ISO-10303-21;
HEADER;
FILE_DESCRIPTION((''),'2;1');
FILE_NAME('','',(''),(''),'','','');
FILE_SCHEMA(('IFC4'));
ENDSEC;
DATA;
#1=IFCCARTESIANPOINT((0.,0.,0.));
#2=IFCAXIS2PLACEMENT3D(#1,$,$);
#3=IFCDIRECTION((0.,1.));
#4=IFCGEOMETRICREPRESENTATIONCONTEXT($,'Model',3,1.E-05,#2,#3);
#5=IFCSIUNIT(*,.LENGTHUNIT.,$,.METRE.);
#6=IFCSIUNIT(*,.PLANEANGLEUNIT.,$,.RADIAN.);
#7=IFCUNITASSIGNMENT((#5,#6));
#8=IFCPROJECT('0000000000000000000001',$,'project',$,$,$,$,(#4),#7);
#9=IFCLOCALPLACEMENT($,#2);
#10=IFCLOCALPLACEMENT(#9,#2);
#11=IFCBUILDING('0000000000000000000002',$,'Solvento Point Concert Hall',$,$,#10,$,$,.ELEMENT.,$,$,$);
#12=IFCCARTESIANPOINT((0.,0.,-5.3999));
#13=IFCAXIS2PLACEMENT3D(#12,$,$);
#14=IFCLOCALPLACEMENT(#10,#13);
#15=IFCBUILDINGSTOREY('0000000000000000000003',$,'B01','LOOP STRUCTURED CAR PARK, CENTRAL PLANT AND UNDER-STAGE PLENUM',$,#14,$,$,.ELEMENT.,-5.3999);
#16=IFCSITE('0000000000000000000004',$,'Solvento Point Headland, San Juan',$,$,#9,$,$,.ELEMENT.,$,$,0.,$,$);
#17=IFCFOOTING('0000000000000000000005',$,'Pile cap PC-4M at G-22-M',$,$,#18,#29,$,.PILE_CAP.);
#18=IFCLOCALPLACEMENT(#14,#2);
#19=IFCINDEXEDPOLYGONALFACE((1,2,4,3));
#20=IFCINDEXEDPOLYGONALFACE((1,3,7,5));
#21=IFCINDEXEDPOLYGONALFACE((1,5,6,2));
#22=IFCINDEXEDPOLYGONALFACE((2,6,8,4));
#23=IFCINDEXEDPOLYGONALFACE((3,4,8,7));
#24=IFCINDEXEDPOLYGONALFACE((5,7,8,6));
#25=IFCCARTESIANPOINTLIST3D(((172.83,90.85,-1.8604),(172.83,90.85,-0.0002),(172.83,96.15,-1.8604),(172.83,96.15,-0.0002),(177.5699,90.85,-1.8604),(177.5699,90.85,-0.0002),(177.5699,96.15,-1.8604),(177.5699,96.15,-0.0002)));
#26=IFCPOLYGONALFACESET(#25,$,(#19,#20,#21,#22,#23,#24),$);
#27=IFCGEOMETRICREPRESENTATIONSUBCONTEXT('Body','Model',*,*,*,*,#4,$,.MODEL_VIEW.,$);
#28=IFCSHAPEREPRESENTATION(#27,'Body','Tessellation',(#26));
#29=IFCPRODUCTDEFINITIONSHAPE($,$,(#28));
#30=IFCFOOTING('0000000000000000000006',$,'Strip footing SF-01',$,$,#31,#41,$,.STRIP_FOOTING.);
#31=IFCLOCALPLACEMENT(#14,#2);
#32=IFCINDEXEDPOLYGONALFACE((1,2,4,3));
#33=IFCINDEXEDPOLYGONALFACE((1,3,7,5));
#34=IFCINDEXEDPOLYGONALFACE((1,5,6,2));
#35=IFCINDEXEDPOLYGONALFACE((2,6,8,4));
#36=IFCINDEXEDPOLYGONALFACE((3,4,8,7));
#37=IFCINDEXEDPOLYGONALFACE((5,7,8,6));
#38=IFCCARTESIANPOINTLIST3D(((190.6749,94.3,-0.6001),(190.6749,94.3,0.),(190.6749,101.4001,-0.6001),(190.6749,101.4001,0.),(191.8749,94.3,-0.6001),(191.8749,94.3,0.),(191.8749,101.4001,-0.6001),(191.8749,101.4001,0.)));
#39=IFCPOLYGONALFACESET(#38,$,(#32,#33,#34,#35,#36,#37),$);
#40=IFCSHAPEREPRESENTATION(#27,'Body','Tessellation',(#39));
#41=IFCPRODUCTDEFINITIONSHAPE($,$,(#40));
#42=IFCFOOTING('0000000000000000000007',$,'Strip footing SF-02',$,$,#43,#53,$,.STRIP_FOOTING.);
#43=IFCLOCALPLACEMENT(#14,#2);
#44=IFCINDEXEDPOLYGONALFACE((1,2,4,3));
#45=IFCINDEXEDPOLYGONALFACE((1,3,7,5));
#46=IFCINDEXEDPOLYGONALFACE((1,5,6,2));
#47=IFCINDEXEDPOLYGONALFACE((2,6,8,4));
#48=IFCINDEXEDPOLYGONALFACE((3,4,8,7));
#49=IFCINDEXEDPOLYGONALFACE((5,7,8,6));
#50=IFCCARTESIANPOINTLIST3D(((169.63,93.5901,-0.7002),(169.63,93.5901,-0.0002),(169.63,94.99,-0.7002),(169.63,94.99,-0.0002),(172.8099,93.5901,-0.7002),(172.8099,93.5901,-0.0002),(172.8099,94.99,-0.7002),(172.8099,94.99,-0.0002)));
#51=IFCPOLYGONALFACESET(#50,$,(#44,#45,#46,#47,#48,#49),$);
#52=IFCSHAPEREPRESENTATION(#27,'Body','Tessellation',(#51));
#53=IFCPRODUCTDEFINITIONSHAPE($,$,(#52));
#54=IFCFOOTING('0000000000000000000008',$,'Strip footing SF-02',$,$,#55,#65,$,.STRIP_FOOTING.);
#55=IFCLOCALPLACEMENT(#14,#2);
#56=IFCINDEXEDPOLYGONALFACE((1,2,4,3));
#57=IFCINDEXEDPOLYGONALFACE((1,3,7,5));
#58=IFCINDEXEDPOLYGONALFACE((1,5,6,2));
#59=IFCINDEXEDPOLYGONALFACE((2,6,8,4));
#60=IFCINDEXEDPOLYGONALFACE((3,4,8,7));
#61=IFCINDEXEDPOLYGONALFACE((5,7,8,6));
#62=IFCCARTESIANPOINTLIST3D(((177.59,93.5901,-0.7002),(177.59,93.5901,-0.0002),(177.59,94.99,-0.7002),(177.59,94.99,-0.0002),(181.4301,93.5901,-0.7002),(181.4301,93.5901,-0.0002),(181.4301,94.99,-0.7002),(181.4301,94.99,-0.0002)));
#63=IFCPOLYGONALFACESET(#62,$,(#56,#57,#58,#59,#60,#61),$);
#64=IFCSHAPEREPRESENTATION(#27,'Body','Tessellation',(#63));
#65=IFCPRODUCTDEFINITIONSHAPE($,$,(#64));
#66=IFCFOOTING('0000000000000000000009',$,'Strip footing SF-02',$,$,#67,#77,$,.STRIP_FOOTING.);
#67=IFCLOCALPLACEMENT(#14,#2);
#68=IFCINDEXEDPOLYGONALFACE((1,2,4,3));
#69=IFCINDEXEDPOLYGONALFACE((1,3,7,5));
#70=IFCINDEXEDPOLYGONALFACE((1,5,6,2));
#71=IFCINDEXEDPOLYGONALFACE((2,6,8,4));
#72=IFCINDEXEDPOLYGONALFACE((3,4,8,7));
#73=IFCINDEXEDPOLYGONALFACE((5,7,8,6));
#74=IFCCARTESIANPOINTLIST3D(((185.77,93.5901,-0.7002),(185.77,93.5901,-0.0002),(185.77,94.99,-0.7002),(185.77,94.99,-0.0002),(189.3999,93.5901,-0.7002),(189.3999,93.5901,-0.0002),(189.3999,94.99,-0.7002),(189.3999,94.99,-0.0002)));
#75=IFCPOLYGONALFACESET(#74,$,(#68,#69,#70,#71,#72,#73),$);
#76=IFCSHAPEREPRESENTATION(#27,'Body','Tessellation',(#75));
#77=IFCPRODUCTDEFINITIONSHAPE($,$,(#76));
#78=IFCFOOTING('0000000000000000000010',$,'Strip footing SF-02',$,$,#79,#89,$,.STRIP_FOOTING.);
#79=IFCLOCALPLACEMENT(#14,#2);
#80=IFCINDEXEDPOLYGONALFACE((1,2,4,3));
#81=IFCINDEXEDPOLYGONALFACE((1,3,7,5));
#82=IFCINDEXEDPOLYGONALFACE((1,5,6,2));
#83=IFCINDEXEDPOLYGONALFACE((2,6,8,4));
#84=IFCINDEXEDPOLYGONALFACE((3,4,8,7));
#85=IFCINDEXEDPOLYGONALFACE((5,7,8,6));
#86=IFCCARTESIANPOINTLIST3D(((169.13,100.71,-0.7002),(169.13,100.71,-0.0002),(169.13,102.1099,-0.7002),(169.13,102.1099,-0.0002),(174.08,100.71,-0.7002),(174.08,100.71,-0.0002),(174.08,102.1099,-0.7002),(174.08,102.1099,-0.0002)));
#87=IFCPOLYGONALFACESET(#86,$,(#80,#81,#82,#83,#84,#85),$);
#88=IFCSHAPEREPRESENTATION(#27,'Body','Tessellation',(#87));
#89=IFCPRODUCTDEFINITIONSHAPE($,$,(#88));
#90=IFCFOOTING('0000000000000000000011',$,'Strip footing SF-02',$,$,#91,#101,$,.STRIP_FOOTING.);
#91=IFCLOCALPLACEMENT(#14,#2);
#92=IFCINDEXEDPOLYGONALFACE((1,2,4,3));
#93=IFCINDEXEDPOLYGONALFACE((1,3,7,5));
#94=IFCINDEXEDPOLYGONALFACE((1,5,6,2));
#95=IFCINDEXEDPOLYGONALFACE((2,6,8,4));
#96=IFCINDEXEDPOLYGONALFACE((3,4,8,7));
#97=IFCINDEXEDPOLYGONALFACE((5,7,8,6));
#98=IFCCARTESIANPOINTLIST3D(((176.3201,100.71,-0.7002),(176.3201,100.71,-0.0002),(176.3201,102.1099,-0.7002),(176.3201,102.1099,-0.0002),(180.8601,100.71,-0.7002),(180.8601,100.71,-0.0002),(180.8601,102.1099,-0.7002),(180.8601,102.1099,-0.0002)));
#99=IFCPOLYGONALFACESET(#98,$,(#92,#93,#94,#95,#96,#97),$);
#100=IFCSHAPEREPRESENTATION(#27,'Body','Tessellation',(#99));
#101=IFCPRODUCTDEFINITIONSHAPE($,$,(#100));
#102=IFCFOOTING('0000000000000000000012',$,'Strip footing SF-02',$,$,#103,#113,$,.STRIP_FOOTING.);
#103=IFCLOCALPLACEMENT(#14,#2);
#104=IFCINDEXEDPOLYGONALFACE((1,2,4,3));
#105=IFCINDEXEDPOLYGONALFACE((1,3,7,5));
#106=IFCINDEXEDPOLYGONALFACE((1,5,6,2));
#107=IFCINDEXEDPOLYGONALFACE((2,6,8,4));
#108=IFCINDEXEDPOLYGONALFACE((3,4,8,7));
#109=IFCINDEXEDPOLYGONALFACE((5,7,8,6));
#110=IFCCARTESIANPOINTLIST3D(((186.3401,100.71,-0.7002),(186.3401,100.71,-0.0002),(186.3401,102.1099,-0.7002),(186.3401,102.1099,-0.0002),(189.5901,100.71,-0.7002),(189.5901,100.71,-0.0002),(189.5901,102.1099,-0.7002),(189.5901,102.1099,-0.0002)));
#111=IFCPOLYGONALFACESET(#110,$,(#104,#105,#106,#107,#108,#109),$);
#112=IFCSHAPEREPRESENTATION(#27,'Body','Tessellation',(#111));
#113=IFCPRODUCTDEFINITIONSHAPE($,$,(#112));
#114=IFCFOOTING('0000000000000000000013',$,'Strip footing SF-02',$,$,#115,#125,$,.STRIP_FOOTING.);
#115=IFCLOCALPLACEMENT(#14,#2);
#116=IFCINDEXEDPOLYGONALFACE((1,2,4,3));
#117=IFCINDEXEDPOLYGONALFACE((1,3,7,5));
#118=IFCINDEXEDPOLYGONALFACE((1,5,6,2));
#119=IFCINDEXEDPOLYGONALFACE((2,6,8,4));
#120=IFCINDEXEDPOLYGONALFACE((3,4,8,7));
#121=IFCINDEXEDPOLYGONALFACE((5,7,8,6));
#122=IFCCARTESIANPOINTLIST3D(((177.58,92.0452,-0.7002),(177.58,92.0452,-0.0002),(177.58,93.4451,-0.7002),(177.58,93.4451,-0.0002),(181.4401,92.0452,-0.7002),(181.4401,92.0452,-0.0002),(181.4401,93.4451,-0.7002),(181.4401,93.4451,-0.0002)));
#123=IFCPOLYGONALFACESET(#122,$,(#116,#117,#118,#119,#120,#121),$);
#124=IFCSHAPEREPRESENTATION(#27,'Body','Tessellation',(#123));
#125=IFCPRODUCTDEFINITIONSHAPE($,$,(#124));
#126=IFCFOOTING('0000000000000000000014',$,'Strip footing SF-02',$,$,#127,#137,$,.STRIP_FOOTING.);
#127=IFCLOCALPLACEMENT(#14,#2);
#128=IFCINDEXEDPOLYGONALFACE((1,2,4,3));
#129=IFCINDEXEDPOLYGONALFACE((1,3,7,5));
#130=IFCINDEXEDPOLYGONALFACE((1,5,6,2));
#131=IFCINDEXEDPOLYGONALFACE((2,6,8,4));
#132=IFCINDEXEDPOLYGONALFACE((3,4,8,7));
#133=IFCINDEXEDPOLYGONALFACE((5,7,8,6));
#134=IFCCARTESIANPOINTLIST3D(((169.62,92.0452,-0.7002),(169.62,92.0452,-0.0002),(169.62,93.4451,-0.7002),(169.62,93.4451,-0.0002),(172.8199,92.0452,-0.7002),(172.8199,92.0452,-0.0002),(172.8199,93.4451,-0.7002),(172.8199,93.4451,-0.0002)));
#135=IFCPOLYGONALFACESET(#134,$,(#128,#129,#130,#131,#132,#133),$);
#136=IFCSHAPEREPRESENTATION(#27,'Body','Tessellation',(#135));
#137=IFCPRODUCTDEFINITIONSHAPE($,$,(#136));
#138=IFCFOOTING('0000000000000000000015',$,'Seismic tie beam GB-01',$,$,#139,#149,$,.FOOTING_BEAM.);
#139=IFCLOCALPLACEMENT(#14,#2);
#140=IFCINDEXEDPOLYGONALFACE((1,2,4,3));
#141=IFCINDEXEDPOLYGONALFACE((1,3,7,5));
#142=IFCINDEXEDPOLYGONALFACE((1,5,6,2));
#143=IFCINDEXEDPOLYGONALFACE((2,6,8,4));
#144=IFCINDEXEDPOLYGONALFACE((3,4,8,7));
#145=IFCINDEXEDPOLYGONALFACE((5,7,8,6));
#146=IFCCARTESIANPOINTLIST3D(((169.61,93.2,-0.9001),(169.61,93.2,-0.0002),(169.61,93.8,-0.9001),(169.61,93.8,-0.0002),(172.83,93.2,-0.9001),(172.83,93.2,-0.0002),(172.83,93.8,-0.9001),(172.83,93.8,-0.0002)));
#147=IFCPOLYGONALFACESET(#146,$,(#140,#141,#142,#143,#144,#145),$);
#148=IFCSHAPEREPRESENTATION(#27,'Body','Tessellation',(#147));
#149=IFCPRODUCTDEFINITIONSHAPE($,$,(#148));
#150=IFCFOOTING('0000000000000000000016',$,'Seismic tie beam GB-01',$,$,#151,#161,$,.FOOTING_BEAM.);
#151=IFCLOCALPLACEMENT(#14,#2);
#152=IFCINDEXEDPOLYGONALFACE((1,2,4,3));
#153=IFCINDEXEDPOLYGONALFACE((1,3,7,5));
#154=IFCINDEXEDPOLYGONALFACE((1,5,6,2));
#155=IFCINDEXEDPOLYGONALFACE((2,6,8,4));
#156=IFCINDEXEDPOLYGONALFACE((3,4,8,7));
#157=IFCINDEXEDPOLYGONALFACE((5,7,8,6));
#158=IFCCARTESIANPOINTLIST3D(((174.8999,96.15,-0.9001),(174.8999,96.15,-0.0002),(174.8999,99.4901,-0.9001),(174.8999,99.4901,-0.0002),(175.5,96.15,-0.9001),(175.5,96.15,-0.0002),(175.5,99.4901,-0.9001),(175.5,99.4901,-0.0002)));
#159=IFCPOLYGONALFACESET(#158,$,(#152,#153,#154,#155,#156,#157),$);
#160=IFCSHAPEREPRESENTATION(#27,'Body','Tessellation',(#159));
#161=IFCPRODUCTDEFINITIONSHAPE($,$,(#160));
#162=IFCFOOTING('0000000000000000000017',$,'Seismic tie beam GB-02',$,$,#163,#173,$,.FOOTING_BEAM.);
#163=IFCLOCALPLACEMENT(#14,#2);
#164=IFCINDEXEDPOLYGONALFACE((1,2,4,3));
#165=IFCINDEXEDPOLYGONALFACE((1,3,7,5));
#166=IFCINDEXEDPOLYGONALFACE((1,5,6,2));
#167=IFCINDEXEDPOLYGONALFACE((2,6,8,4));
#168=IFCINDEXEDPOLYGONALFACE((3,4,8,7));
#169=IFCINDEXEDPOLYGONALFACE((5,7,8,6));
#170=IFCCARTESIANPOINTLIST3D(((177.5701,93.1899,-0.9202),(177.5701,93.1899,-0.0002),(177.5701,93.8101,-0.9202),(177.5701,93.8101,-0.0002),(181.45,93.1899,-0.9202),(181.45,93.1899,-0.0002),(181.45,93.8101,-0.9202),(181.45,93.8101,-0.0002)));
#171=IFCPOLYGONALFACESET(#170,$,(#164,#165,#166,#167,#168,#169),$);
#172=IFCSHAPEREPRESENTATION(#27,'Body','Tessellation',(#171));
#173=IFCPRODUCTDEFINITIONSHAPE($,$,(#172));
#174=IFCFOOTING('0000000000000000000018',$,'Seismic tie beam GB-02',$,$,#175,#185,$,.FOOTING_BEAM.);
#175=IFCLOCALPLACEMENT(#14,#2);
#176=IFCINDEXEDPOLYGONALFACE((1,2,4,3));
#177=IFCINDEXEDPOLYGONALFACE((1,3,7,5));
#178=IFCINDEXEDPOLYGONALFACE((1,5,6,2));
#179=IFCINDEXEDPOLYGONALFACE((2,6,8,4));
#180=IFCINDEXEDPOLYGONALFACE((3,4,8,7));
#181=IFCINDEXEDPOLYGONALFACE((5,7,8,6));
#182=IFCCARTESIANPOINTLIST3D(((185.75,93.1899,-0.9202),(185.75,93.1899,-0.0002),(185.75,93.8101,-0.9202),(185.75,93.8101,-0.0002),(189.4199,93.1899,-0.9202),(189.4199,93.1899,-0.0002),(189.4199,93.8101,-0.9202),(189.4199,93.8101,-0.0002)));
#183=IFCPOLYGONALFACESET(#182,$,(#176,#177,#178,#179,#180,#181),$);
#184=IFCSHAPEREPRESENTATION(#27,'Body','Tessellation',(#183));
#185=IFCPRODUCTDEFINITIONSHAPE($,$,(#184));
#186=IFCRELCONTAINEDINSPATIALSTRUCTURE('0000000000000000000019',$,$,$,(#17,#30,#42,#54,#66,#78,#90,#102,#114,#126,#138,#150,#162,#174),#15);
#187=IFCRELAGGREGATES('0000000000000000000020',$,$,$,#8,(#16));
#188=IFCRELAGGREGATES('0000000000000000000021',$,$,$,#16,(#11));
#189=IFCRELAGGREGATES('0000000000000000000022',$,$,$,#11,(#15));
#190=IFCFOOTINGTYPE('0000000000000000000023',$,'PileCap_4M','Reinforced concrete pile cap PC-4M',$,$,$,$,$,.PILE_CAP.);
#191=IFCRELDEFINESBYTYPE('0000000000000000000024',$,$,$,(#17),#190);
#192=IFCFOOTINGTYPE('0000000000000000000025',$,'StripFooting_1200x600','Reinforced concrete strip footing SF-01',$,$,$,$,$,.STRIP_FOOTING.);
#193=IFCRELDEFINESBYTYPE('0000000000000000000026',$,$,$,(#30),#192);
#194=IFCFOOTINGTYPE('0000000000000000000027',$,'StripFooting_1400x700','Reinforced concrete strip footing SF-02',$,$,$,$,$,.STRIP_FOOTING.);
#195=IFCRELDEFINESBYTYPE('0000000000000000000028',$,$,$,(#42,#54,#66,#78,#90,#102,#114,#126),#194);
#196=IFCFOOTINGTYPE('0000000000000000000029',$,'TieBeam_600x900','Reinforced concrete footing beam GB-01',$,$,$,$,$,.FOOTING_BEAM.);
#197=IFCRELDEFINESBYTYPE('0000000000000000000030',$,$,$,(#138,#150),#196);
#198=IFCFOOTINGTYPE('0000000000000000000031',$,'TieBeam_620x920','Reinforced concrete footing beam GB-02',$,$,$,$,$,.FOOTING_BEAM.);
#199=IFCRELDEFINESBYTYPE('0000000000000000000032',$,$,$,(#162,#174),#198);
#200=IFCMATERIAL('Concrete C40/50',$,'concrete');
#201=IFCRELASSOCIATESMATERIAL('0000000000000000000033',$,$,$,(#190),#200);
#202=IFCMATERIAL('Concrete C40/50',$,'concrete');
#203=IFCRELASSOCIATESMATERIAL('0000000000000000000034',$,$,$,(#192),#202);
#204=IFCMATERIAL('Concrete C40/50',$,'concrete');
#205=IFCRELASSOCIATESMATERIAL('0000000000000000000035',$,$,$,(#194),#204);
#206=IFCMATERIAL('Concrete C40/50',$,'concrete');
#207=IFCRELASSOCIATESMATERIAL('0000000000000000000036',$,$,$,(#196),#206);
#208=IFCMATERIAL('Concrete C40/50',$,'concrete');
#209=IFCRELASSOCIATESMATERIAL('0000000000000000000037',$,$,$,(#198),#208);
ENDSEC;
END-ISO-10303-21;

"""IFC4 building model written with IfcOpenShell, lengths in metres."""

from ifc_helpers import new_model, si_unit, direction, frame, origin, origin_2d, place, context, subcontext, project, spatial, rectangle, extrude, material, type_object, element, save


model = new_model("IFC4")

# Units and contexts
model_context = context("Model", 3, precision=1e-05, world=origin(), true_north=direction((0.0, 1.0)))
body_context = subcontext(model_context, "Body", "Model", "MODEL_VIEW")
ifc_project = project(units=[si_unit("LENGTHUNIT", "METRE"), si_unit("PLANEANGLEUNIT", "RADIAN")], contexts=[model_context])

# Site, building, storey
site_placement = place(None, origin())
site = spatial("IfcSite", under=ifc_project, at=site_placement, Name="Solvento Point Headland, San Juan", CompositionType="ELEMENT", RefElevation=0.0)
building_placement = place(site_placement, origin())
building = spatial("IfcBuilding", under=site, at=building_placement, Name="Solvento Point Concert Hall", CompositionType="ELEMENT")
storey_placement = place(building_placement, frame((0.0, 0.0, -5.3999)))
storey = spatial("IfcBuildingStorey", under=building, at=storey_placement, Name="B01", Description="LOOP STRUCTURED CAR PARK, CENTRAL PLANT AND UNDER-STAGE PLENUM", CompositionType="ELEMENT", Elevation=-5.3999)

# Footings
ifc_material_1 = material(Name="Concrete C40/50", Category="concrete")
footing_type_1 = type_object("IfcFootingType", Name="PileCap_4M", Description="Reinforced concrete pile cap PC-4M", PredefinedType="PILE_CAP", material=ifc_material_1)
footing_1_placement = place(storey_placement, frame((175.2, 93.5, -1.8604), z_axis=(0.0, 0.0, 1.0), x_axis=(1.0, 0.0, 0.0)))
element("IfcFooting", 1, at=footing_1_placement, inside=storey, type_object=footing_type_1, Name="Pile cap PC-4M at G-22-M", PredefinedType="PILE_CAP", context=body_context, shape_type="SweptSolid", body=[
    extrude(rectangle(XDim=4.74, YDim=5.3, at=origin_2d()), origin(), (0.0, 0.0, 1.0), 1.8601),
])
ifc_material_2 = material(Name="Concrete C40/50", Category="concrete")
footing_type_2 = type_object("IfcFootingType", Name="StripFooting_1200x600", Description="Reinforced concrete strip footing SF-01", PredefinedType="STRIP_FOOTING", material=ifc_material_2)
footing_2_placement = place(storey_placement, frame((191.2749, 97.8501, -0.6001), z_axis=(0.0, 0.0, 1.0), x_axis=(0.0, 1.0, 0.0)))
element("IfcFooting", 2, at=footing_2_placement, inside=storey, type_object=footing_type_2, Name="Strip footing SF-01", PredefinedType="STRIP_FOOTING", context=body_context, shape_type="SweptSolid", body=[
    extrude(rectangle(XDim=7.1001, YDim=1.2, at=origin_2d()), origin(), (0.0, 0.0, 1.0), 0.6001),
])
ifc_material_3 = material(Name="Concrete C40/50", Category="concrete")
footing_type_3 = type_object("IfcFootingType", Name="StripFooting_1400x700", Description="Reinforced concrete strip footing SF-02", PredefinedType="STRIP_FOOTING", material=ifc_material_3)
footing_3_placement = place(storey_placement, frame((171.22, 94.29, -0.7002), z_axis=(0.0, 0.0, 1.0), x_axis=(1.0, 0.0, 0.0)))
element("IfcFooting", 3, at=footing_3_placement, inside=storey, type_object=footing_type_3, Name="Strip footing SF-02", PredefinedType="STRIP_FOOTING", context=body_context, shape_type="SweptSolid", body=[
    extrude(rectangle(XDim=3.1799, YDim=1.3999, at=origin_2d()), origin(), (0.0, 0.0, 1.0), 0.7),
])
footing_4_placement = place(storey_placement, frame((179.51, 94.29, -0.7002), z_axis=(0.0, 0.0, 1.0), x_axis=(1.0, 0.0, 0.0)))
element("IfcFooting", 4, at=footing_4_placement, inside=storey, type_object=footing_type_3, Name="Strip footing SF-02", PredefinedType="STRIP_FOOTING", context=body_context, shape_type="SweptSolid", body=[
    extrude(rectangle(XDim=3.8401, YDim=1.3999, at=origin_2d()), origin(), (0.0, 0.0, 1.0), 0.7),
])
footing_5_placement = place(storey_placement, frame((187.585, 94.29, -0.7002), z_axis=(0.0, 0.0, 1.0), x_axis=(1.0, 0.0, 0.0)))
element("IfcFooting", 5, at=footing_5_placement, inside=storey, type_object=footing_type_3, Name="Strip footing SF-02", PredefinedType="STRIP_FOOTING", context=body_context, shape_type="SweptSolid", body=[
    extrude(rectangle(XDim=3.6299, YDim=1.3999, at=origin_2d()), origin(), (0.0, 0.0, 1.0), 0.7),
])
footing_6_placement = place(storey_placement, frame((171.605, 101.4099, -0.7002), z_axis=(0.0, 0.0, 1.0), x_axis=(1.0, 0.0, 0.0)))
element("IfcFooting", 6, at=footing_6_placement, inside=storey, type_object=footing_type_3, Name="Strip footing SF-02", PredefinedType="STRIP_FOOTING", context=body_context, shape_type="SweptSolid", body=[
    extrude(rectangle(XDim=4.95, YDim=1.3999, at=origin_2d()), origin(), (0.0, 0.0, 1.0), 0.7),
])
footing_7_placement = place(storey_placement, frame((178.5901, 101.4099, -0.7002), z_axis=(0.0, 0.0, 1.0), x_axis=(1.0, 0.0, 0.0)))
element("IfcFooting", 7, at=footing_7_placement, inside=storey, type_object=footing_type_3, Name="Strip footing SF-02", PredefinedType="STRIP_FOOTING", context=body_context, shape_type="SweptSolid", body=[
    extrude(rectangle(XDim=4.54, YDim=1.3999, at=origin_2d()), origin(), (0.0, 0.0, 1.0), 0.7),
])
footing_8_placement = place(storey_placement, frame((187.9651, 101.4099, -0.7002), z_axis=(0.0, 0.0, 1.0), x_axis=(1.0, 0.0, 0.0)))
element("IfcFooting", 8, at=footing_8_placement, inside=storey, type_object=footing_type_3, Name="Strip footing SF-02", PredefinedType="STRIP_FOOTING", context=body_context, shape_type="SweptSolid", body=[
    extrude(rectangle(XDim=3.25, YDim=1.3999, at=origin_2d()), origin(), (0.0, 0.0, 1.0), 0.7),
])
footing_9_placement = place(storey_placement, frame((179.51, 92.7451, -0.7002), z_axis=(0.0, 0.0, 1.0), x_axis=(-1.0, 0.0, 0.0)))
element("IfcFooting", 9, at=footing_9_placement, inside=storey, type_object=footing_type_3, Name="Strip footing SF-02", PredefinedType="STRIP_FOOTING", context=body_context, shape_type="SweptSolid", body=[
    extrude(rectangle(XDim=3.8601, YDim=1.3999, at=origin_2d()), origin(), (0.0, 0.0, 1.0), 0.7),
])
footing_10_placement = place(storey_placement, frame((171.22, 92.7451, -0.7002), z_axis=(0.0, 0.0, 1.0), x_axis=(-1.0, 0.0, 0.0)))
element("IfcFooting", 10, at=footing_10_placement, inside=storey, type_object=footing_type_3, Name="Strip footing SF-02", PredefinedType="STRIP_FOOTING", context=body_context, shape_type="SweptSolid", body=[
    extrude(rectangle(XDim=3.2, YDim=1.3999, at=origin_2d()), origin(), (0.0, 0.0, 1.0), 0.7),
])
ifc_material_4 = material(Name="Concrete C40/50", Category="concrete")
footing_type_4 = type_object("IfcFootingType", Name="TieBeam_600x900", Description="Reinforced concrete footing beam GB-01", PredefinedType="FOOTING_BEAM", material=ifc_material_4)
footing_11_placement = place(storey_placement, frame((171.22, 93.5, -0.9001), z_axis=(0.0, 0.0, 1.0), x_axis=(1.0, 0.0, 0.0)))
element("IfcFooting", 11, at=footing_11_placement, inside=storey, type_object=footing_type_4, Name="Seismic tie beam GB-01", PredefinedType="FOOTING_BEAM", context=body_context, shape_type="SweptSolid", body=[
    extrude(rectangle(XDim=3.22, YDim=0.6001, at=origin_2d()), origin(), (0.0, 0.0, 1.0), 0.8999),
])
footing_12_placement = place(storey_placement, frame((175.2, 97.8201, -0.9001), z_axis=(0.0, 0.0, 1.0), x_axis=(0.0, 1.0, 0.0)))
element("IfcFooting", 12, at=footing_12_placement, inside=storey, type_object=footing_type_4, Name="Seismic tie beam GB-01", PredefinedType="FOOTING_BEAM", context=body_context, shape_type="SweptSolid", body=[
    extrude(rectangle(XDim=3.3401, YDim=0.6001, at=origin_2d()), origin(), (0.0, 0.0, 1.0), 0.8999),
])
ifc_material_5 = material(Name="Concrete C40/50", Category="concrete")
footing_type_5 = type_object("IfcFootingType", Name="TieBeam_620x920", Description="Reinforced concrete footing beam GB-02", PredefinedType="FOOTING_BEAM", material=ifc_material_5)
footing_13_placement = place(storey_placement, frame((179.51, 93.5, -0.9202), z_axis=(0.0, 0.0, 1.0), x_axis=(1.0, 0.0, 0.0)))
element("IfcFooting", 13, at=footing_13_placement, inside=storey, type_object=footing_type_5, Name="Seismic tie beam GB-02", PredefinedType="FOOTING_BEAM", context=body_context, shape_type="SweptSolid", body=[
    extrude(rectangle(XDim=3.8799, YDim=0.6201, at=origin_2d()), origin(), (0.0, 0.0, 1.0), 0.9199),
])
footing_14_placement = place(storey_placement, frame((187.585, 93.5, -0.9202), z_axis=(0.0, 0.0, 1.0), x_axis=(1.0, 0.0, 0.0)))
element("IfcFooting", 14, at=footing_14_placement, inside=storey, type_object=footing_type_5, Name="Seismic tie beam GB-02", PredefinedType="FOOTING_BEAM", context=body_context, shape_type="SweptSolid", body=[
    extrude(rectangle(XDim=3.6699, YDim=0.6201, at=origin_2d()), origin(), (0.0, 0.0, 1.0), 0.9199),
])

save(model, "model.ifc")
